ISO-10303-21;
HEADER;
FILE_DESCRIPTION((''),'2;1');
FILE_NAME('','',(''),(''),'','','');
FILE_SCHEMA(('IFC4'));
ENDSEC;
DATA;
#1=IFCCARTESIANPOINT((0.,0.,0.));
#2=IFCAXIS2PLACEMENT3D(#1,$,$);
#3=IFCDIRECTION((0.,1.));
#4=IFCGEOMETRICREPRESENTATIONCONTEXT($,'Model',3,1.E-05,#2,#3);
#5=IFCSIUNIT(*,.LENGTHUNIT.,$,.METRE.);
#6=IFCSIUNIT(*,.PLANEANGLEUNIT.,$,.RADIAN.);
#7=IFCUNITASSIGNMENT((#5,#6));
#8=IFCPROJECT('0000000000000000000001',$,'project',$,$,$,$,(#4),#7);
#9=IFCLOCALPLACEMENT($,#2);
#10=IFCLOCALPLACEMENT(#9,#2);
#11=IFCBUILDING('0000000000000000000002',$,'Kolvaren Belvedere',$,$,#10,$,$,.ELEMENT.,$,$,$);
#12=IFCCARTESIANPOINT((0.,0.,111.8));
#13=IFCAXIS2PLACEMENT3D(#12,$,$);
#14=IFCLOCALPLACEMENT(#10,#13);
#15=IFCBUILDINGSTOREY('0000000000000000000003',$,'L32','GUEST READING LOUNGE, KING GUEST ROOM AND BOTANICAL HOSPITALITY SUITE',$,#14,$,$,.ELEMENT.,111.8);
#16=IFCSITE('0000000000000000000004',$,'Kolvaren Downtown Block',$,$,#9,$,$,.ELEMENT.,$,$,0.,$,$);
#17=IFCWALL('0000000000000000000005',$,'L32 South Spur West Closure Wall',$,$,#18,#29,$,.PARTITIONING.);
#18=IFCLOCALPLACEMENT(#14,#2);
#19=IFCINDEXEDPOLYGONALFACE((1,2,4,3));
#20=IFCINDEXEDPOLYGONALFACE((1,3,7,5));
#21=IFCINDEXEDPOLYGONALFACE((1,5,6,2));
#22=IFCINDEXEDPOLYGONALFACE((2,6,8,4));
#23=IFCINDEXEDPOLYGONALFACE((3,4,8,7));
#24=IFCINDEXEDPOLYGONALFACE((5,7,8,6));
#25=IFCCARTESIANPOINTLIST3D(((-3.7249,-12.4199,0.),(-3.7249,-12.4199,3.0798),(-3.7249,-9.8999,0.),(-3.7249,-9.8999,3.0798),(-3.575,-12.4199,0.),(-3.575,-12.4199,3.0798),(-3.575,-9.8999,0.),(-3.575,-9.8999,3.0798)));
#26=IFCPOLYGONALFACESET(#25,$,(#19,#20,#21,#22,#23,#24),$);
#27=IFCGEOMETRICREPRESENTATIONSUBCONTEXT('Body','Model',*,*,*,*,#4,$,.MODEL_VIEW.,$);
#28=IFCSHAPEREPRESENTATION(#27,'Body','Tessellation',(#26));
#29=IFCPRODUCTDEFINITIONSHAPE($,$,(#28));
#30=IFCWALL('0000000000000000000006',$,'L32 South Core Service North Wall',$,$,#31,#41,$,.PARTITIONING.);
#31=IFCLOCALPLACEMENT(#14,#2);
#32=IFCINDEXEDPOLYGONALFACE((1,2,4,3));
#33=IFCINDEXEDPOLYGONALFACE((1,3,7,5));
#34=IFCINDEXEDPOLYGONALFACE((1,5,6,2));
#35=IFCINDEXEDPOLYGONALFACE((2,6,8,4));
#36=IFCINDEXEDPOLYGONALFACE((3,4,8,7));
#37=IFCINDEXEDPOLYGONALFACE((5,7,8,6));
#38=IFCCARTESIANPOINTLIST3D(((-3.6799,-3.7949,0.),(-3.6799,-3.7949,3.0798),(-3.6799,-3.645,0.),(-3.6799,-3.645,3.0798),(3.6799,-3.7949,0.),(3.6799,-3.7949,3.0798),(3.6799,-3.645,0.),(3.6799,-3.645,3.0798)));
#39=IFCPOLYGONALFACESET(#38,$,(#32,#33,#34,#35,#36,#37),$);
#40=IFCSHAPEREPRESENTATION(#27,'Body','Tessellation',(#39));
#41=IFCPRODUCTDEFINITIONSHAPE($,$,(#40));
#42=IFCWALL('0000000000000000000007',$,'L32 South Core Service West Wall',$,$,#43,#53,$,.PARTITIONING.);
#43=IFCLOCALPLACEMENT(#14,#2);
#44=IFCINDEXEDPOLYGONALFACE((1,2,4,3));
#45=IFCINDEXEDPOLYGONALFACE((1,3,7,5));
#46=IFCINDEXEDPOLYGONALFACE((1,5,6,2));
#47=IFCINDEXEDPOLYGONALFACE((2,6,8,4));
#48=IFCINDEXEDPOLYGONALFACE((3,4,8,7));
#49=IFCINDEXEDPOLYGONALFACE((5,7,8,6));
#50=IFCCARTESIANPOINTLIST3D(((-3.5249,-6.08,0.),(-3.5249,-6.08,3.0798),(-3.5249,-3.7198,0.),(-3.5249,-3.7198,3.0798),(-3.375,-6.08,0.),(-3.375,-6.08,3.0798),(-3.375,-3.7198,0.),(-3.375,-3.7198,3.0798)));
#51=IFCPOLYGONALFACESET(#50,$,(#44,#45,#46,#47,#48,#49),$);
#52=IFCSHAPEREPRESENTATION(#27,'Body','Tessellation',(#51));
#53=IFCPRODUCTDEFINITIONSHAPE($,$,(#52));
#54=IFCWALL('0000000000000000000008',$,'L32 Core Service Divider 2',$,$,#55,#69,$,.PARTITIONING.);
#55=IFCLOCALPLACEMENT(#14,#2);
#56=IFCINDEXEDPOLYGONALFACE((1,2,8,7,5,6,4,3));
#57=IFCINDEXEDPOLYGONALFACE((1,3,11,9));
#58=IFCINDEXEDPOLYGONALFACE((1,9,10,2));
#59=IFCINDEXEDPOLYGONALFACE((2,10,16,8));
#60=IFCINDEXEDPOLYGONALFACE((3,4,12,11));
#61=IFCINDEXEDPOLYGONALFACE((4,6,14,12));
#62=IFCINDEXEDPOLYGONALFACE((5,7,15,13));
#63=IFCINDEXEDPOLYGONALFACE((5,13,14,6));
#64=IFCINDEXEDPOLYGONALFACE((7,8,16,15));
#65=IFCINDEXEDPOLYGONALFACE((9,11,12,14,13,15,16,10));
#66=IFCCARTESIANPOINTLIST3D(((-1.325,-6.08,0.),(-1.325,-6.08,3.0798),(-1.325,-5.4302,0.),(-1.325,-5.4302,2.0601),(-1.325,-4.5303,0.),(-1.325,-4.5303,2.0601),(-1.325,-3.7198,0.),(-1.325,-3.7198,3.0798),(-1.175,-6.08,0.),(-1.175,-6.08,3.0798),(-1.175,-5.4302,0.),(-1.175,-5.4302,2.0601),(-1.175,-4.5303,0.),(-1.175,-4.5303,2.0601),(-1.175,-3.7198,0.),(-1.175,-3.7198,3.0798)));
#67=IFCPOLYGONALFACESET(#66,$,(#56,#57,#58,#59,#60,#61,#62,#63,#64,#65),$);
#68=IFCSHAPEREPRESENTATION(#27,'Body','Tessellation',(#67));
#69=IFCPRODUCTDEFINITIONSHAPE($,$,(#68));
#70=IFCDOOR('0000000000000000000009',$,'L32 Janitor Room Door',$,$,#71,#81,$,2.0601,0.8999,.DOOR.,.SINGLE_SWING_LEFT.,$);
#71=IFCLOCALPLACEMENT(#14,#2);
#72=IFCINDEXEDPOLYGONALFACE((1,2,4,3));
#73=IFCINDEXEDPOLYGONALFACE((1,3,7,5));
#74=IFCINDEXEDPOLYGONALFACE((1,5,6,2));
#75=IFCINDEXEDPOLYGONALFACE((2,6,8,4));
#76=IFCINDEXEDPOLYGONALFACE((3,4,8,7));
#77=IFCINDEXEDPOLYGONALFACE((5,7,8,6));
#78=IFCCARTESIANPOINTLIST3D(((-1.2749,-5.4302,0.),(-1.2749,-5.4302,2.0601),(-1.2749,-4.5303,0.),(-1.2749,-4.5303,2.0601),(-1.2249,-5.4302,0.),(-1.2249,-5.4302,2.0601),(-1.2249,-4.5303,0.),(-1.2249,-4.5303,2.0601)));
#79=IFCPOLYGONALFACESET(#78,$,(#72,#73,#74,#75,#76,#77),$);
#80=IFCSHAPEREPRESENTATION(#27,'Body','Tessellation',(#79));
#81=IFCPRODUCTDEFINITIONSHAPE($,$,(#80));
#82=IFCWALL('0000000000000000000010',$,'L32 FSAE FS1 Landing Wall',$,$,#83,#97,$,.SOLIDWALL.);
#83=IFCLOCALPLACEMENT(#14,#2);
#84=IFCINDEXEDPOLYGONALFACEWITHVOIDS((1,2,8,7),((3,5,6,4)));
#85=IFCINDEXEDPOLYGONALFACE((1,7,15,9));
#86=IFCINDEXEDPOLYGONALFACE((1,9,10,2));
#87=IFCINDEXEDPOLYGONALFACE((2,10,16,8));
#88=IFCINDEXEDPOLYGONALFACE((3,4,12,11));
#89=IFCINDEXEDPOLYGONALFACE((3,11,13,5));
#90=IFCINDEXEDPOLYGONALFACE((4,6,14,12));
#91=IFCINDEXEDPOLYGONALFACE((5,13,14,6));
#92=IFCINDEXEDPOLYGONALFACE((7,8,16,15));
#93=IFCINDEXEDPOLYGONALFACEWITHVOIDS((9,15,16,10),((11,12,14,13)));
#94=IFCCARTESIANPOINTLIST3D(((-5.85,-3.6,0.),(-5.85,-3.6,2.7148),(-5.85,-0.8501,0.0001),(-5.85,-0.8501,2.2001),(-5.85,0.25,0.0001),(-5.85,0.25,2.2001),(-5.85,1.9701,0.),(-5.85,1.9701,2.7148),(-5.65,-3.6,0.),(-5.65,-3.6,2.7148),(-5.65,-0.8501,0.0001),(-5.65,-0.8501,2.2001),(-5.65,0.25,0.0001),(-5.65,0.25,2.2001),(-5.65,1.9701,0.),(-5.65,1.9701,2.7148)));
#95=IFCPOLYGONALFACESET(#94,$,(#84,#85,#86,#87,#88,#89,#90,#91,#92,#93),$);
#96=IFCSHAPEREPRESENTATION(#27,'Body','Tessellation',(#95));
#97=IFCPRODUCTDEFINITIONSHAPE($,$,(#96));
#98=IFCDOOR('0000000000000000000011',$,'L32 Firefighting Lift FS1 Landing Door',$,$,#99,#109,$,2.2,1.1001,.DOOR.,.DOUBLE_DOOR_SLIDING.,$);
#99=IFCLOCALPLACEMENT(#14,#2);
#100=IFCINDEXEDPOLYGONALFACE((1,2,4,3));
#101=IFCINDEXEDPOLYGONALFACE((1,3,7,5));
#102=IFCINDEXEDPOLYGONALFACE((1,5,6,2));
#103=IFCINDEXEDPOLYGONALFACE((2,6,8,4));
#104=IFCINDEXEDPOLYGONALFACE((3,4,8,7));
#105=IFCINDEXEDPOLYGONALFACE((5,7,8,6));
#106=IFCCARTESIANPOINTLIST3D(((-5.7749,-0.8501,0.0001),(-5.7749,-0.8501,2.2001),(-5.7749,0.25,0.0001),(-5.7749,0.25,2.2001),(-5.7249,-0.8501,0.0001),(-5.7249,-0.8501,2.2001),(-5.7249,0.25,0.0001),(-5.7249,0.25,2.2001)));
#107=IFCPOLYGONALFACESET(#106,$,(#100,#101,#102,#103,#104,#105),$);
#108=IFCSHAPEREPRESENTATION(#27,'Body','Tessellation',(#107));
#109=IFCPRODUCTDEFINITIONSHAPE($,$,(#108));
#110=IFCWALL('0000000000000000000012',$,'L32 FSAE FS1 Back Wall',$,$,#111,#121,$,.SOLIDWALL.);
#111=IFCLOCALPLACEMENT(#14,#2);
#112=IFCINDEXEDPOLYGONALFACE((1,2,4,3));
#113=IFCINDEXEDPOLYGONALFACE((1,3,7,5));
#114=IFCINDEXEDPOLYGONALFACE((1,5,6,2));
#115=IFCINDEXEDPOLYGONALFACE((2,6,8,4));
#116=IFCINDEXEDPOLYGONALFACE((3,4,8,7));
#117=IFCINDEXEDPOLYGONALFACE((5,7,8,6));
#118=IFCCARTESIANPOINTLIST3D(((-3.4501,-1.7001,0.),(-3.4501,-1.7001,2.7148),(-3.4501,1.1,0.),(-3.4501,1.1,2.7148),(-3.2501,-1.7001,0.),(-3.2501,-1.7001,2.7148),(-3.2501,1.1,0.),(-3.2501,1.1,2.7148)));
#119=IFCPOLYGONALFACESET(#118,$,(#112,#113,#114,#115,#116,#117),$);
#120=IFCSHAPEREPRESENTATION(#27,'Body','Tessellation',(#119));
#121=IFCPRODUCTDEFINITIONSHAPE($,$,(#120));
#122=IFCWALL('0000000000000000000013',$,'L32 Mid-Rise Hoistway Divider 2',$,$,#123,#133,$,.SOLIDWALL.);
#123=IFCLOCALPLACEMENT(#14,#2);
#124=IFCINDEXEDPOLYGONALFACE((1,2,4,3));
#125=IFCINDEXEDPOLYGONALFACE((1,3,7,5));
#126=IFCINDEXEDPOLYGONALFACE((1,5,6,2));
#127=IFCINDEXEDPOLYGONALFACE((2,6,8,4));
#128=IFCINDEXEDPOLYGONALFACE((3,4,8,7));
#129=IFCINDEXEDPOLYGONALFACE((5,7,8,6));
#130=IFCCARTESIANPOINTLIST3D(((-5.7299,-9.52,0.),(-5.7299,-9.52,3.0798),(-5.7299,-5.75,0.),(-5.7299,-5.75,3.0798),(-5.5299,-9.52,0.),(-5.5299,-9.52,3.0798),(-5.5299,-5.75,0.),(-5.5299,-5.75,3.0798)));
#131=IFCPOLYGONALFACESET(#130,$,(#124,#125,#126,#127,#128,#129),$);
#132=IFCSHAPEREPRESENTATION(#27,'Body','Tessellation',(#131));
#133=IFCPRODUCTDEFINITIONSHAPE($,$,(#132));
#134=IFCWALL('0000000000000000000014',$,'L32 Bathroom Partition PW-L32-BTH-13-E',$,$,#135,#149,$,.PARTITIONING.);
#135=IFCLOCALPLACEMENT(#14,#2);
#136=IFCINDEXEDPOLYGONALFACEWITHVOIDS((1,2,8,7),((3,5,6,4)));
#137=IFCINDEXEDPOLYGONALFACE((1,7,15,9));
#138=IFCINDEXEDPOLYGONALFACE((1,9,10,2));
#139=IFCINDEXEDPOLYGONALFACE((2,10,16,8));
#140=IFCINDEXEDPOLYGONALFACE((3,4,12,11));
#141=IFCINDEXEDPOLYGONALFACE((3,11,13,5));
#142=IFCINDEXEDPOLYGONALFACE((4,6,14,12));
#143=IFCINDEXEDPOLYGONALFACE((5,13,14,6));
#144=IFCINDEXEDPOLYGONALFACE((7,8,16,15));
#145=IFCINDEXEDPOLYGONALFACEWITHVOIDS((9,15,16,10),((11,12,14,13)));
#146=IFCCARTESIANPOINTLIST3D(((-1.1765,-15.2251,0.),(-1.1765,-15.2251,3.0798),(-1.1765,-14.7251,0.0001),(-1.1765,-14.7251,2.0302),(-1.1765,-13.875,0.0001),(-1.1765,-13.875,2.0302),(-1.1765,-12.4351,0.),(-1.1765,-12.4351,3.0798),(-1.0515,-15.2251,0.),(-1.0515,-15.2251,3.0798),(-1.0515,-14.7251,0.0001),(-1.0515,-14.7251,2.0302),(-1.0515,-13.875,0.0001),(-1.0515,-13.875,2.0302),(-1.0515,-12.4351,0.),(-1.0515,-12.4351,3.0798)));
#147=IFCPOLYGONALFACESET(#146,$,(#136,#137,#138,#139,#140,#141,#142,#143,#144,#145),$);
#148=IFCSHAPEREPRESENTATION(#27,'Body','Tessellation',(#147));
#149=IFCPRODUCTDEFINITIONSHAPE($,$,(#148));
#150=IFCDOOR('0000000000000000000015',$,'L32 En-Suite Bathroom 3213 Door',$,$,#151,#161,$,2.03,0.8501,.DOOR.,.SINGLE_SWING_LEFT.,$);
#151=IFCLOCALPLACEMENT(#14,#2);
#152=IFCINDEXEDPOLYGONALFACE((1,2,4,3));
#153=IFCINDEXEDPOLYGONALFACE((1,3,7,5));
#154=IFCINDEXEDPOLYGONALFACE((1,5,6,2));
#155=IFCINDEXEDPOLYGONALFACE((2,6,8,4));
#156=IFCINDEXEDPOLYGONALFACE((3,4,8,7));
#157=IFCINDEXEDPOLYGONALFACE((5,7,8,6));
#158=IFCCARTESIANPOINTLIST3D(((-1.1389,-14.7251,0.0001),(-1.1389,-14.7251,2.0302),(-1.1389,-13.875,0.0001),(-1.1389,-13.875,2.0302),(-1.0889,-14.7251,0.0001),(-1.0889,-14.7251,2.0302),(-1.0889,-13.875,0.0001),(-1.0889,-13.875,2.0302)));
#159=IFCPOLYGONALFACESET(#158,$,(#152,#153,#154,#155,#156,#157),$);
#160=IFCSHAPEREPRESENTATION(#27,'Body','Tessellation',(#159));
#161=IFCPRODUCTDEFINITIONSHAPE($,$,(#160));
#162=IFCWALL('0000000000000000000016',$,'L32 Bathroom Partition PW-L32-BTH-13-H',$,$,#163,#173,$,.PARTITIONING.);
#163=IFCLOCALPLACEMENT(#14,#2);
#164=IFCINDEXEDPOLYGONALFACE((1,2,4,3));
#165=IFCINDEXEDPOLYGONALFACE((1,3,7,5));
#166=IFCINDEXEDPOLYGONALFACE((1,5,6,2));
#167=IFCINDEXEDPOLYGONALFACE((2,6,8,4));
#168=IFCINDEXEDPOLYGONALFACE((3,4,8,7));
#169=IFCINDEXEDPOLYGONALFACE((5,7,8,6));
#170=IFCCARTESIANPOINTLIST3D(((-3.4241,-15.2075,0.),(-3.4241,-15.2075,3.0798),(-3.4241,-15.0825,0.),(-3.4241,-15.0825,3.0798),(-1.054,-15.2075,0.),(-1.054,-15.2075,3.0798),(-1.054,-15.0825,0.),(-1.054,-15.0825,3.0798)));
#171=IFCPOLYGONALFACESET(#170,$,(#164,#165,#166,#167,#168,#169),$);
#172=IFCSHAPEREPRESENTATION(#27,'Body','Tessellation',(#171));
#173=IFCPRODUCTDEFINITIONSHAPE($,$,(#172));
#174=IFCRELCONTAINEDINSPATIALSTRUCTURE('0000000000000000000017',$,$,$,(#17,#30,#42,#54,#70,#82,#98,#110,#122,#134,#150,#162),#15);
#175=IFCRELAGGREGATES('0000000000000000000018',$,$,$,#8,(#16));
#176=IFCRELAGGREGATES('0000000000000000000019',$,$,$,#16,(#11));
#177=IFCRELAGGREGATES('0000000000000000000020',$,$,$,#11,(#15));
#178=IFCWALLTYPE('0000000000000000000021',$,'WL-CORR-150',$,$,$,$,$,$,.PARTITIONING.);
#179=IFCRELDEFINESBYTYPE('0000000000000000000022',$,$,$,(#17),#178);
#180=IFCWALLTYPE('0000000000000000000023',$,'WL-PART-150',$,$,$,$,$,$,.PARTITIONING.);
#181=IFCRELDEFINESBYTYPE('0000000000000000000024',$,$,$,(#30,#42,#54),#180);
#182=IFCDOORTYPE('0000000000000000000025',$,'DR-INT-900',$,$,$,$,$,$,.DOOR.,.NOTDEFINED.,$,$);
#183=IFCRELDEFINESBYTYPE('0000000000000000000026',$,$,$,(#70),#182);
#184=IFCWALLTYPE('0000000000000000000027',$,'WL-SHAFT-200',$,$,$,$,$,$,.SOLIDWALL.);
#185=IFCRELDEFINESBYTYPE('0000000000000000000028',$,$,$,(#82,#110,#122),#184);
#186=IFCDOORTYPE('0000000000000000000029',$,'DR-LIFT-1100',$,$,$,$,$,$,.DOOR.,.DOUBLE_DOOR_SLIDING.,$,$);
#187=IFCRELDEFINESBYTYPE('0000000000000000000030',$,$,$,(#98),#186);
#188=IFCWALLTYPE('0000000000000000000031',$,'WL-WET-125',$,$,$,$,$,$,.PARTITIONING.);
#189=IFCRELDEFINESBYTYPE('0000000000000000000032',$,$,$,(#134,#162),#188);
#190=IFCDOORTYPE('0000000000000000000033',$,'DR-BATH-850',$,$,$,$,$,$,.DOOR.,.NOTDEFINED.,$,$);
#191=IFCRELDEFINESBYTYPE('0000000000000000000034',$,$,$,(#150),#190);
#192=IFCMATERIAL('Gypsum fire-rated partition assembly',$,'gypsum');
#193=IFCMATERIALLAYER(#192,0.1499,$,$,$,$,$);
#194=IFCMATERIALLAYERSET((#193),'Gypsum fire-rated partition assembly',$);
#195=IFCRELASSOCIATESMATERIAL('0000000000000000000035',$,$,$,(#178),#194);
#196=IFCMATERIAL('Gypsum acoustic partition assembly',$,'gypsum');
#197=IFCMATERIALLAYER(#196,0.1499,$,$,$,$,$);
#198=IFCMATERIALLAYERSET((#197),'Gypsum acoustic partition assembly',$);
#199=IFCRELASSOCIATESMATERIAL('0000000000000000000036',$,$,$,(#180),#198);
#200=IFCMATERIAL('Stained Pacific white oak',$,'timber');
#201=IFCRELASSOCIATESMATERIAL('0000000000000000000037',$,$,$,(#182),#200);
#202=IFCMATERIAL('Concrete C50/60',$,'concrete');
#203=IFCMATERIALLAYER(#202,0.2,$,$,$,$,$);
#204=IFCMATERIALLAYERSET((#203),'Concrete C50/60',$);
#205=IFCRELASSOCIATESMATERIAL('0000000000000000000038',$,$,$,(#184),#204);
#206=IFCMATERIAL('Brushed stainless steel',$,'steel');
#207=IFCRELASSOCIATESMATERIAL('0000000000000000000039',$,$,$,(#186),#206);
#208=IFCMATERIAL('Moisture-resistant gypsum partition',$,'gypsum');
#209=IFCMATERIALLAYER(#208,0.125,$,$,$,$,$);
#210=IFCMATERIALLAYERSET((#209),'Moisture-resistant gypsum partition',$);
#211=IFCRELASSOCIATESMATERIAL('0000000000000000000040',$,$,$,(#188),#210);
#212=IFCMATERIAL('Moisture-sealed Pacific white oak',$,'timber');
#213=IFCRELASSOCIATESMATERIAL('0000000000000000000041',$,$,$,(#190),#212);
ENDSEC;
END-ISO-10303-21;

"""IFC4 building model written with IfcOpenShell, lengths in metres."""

from ifc_helpers import new_model, si_unit, direction, frame, frame_2d, origin, place, context, subcontext, project, spatial, rectangle, extrude, material, layer, layer_set, type_object, element, fill, save


model = new_model("IFC4")

# Units and contexts
model_context = context("Model", 3, precision=1e-05, world=origin(), true_north=direction((0.0, 1.0)))
body_context = subcontext(model_context, "Body", "Model", "MODEL_VIEW")
ifc_project = project(units=[si_unit("LENGTHUNIT", "METRE"), si_unit("PLANEANGLEUNIT", "RADIAN")], contexts=[model_context])

# Site, building, storey
site_placement = place(None, origin())
site = spatial("IfcSite", under=ifc_project, at=site_placement, Name="Kolvaren Downtown Block", CompositionType="ELEMENT", RefElevation=0.0)
building_placement = place(site_placement, origin())
building = spatial("IfcBuilding", under=site, at=building_placement, Name="Kolvaren Belvedere", CompositionType="ELEMENT")
storey_placement = place(building_placement, frame((0.0, 0.0, 111.8)))
storey = spatial("IfcBuildingStorey", under=building, at=storey_placement, Name="L32", Description="GUEST READING LOUNGE, KING GUEST ROOM AND BOTANICAL HOSPITALITY SUITE", CompositionType="ELEMENT", Elevation=111.8)

# Shared definitions
ifc_material_1 = material(Name="Gypsum fire-rated partition assembly", Category="gypsum")
ifc_layer_1 = layer(ifc_material_1, 0.1499)
ifc_layer_set_1 = layer_set([ifc_layer_1], Name="Gypsum fire-rated partition assembly")
wall_type_1 = type_object("IfcWallType", Name="WL-CORR-150", PredefinedType="PARTITIONING", material=ifc_layer_set_1)

# Walls
wall_1_placement = place(storey_placement, frame((-3.6499, -12.4199, 0.0), z_axis=(0.0, 0.0, 1.0), x_axis=(0.0, 1.0, 0.0)))
element("IfcWall", 1, at=wall_1_placement, inside=storey, type_object=wall_type_1, Name="L32 South Spur West Closure Wall", PredefinedType="PARTITIONING", context=body_context, shape_type="SweptSolid", body=[
    extrude(rectangle(XDim=2.52, YDim=0.1499, at=frame_2d((1.26, 0.0))), origin(), (0.0, 0.0, 1.0), 3.0798),
])
ifc_material_2 = material(Name="Gypsum acoustic partition assembly", Category="gypsum")
ifc_layer_2 = layer(ifc_material_2, 0.1499)
ifc_layer_set_2 = layer_set([ifc_layer_2], Name="Gypsum acoustic partition assembly")
wall_type_2 = type_object("IfcWallType", Name="WL-PART-150", PredefinedType="PARTITIONING", material=ifc_layer_set_2)
wall_2_placement = place(storey_placement, frame((-3.6799, -3.72, 0.0), z_axis=(0.0, 0.0, 1.0), x_axis=(1.0, 0.0, 0.0)))
element("IfcWall", 2, at=wall_2_placement, inside=storey, type_object=wall_type_2, Name="L32 South Core Service North Wall", PredefinedType="PARTITIONING", context=body_context, shape_type="SweptSolid", body=[
    extrude(rectangle(XDim=7.3599, YDim=0.1499, at=frame_2d((3.6799, 0.0))), origin(), (0.0, 0.0, 1.0), 3.0798),
])
wall_3_placement = place(storey_placement, frame((-3.45, -6.0801, 0.0), z_axis=(0.0, 0.0, 1.0), x_axis=(0.0, 1.0, 0.0)))
element("IfcWall", 3, at=wall_3_placement, inside=storey, type_object=wall_type_2, Name="L32 South Core Service West Wall", PredefinedType="PARTITIONING", context=body_context, shape_type="SweptSolid", body=[
    extrude(rectangle(XDim=2.3601, YDim=0.1499, at=frame_2d((1.1802, 0.0))), origin(), (0.0, 0.0, 1.0), 3.0798),
])

# Walls, openings, doors
wall_4_placement = place(storey_placement, frame((-1.25, -6.0801, 0.0), z_axis=(0.0, 0.0, 1.0), x_axis=(0.0, 1.0, 0.0)))
wall_4 = element("IfcWall", 4, at=wall_4_placement, inside=storey, type_object=wall_type_2, Name="L32 Core Service Divider 2", PredefinedType="PARTITIONING", context=body_context, shape_type="SweptSolid", body=[
    extrude(rectangle(XDim=2.3601, YDim=0.1499, at=frame_2d((1.1802, 0.0))), origin(), (0.0, 0.0, 1.0), 3.0798),
])
opening_1_placement = place(wall_4_placement, frame((0.6499, 0.0, 0.0)))
opening_1 = element("IfcOpeningElement", 5, at=opening_1_placement, cuts=wall_4, PredefinedType="OPENING", context=body_context, shape_type="SweptSolid", body=[
    extrude(rectangle(XDim=0.8999, YDim=2.0601, at=frame_2d((0.45, 1.03))), frame((0.0, 0.085, 0.0), z_axis=(0.0, -1.0, 0.0), x_axis=(1.0, 0.0, 0.0)), (0.0, 0.0, 1.0), 0.1699),
])
ifc_material_3 = material(Name="Stained Pacific white oak", Category="timber")
door_type_1 = type_object("IfcDoorType", Name="DR-INT-900", OperationType="NOTDEFINED", PredefinedType="DOOR", material=ifc_material_3)
door_1_placement = place(opening_1_placement, origin())
door_1 = element("IfcDoor", 6, at=door_1_placement, inside=storey, type_object=door_type_1, Name="L32 Janitor Room Door", OperationType="SINGLE_SWING_LEFT", OverallHeight=2.0601, OverallWidth=0.8999, PredefinedType="DOOR", context=body_context, shape_type="SweptSolid", body=[
    extrude(rectangle(XDim=0.8999, YDim=2.0601, at=frame_2d((0.45, 1.03))), frame((0.0, 0.0249, 0.0), z_axis=(0.0, -1.0, 0.0), x_axis=(1.0, 0.0, 0.0)), (0.0, 0.0, 1.0), 0.05),
])
fill(opening_1, door_1)
ifc_material_4 = material(Name="Concrete C50/60", Category="concrete")
ifc_layer_3 = layer(ifc_material_4, 0.2)
ifc_layer_set_3 = layer_set([ifc_layer_3], Name="Concrete C50/60")
wall_type_3 = type_object("IfcWallType", Name="WL-SHAFT-200", PredefinedType="SOLIDWALL", material=ifc_layer_set_3)
wall_5_placement = place(storey_placement, frame((-5.75, -3.6001, 0.0), z_axis=(0.0, 0.0, 1.0), x_axis=(0.0, 1.0, 0.0)))
wall_5 = element("IfcWall", 7, at=wall_5_placement, inside=storey, type_object=wall_type_3, Name="L32 FSAE FS1 Landing Wall", PredefinedType="SOLIDWALL", context=body_context, shape_type="SweptSolid", body=[
    extrude(rectangle(XDim=5.5701, YDim=0.2, at=frame_2d((2.7852, 0.0))), origin(), (0.0, 0.0, 1.0), 2.7148),
])
opening_2_placement = place(wall_5_placement, frame((2.75, 0.0, 0.0)))
opening_2 = element("IfcOpeningElement", 8, at=opening_2_placement, cuts=wall_5, PredefinedType="OPENING", context=body_context, shape_type="SweptSolid", body=[
    extrude(rectangle(XDim=1.1001, YDim=2.2, at=frame_2d((0.55, 1.1001))), frame((0.0, 0.1099, 0.0), z_axis=(0.0, -1.0, 0.0), x_axis=(1.0, 0.0, 0.0)), (0.0, 0.0, 1.0), 0.22),
])
ifc_material_5 = material(Name="Brushed stainless steel", Category="steel")
door_type_2 = type_object("IfcDoorType", Name="DR-LIFT-1100", OperationType="DOUBLE_DOOR_SLIDING", PredefinedType="DOOR", material=ifc_material_5)
door_2_placement = place(opening_2_placement, origin())
door_2 = element("IfcDoor", 9, at=door_2_placement, inside=storey, type_object=door_type_2, Name="L32 Firefighting Lift FS1 Landing Door", OperationType="DOUBLE_DOOR_SLIDING", OverallHeight=2.2, OverallWidth=1.1001, PredefinedType="DOOR", context=body_context, shape_type="SweptSolid", body=[
    extrude(rectangle(XDim=1.1001, YDim=2.2, at=frame_2d((0.55, 1.1001))), frame((0.0, 0.0249, 0.0), z_axis=(0.0, -1.0, 0.0), x_axis=(1.0, 0.0, 0.0)), (0.0, 0.0, 1.0), 0.05),
])
fill(opening_2, door_2)

# Walls
wall_6_placement = place(storey_placement, frame((-3.3501, -1.7, 0.0), z_axis=(0.0, 0.0, 1.0), x_axis=(0.0, 1.0, 0.0)))
element("IfcWall", 10, at=wall_6_placement, inside=storey, type_object=wall_type_3, Name="L32 FSAE FS1 Back Wall", PredefinedType="SOLIDWALL", context=body_context, shape_type="SweptSolid", body=[
    extrude(rectangle(XDim=2.8, YDim=0.2, at=frame_2d((1.3999, 0.0))), origin(), (0.0, 0.0, 1.0), 2.7148),
])
wall_7_placement = place(storey_placement, frame((-5.6299, -9.52, 0.0), z_axis=(0.0, 0.0, 1.0), x_axis=(0.0, 1.0, 0.0)))
element("IfcWall", 11, at=wall_7_placement, inside=storey, type_object=wall_type_3, Name="L32 Mid-Rise Hoistway Divider 2", PredefinedType="SOLIDWALL", context=body_context, shape_type="SweptSolid", body=[
    extrude(rectangle(XDim=3.77, YDim=0.2, at=frame_2d((1.885, 0.0))), origin(), (0.0, 0.0, 1.0), 3.0798),
])

# Wall, opening, door
ifc_material_6 = material(Name="Moisture-resistant gypsum partition", Category="gypsum")
ifc_layer_4 = layer(ifc_material_6, 0.125)
ifc_layer_set_4 = layer_set([ifc_layer_4], Name="Moisture-resistant gypsum partition")
wall_type_4 = type_object("IfcWallType", Name="WL-WET-125", PredefinedType="PARTITIONING", material=ifc_layer_set_4)
wall_8_placement = place(storey_placement, frame((-1.114, -15.2251, 0.0), z_axis=(0.0, 0.0, 1.0), x_axis=(0.0, 1.0, 0.0)))
wall_8 = element("IfcWall", 12, at=wall_8_placement, inside=storey, type_object=wall_type_4, Name="L32 Bathroom Partition PW-L32-BTH-13-E", PredefinedType="PARTITIONING", context=body_context, shape_type="SweptSolid", body=[
    extrude(rectangle(XDim=2.79, YDim=0.125, at=frame_2d((1.395, 0.0))), origin(), (0.0, 0.0, 1.0), 3.0798),
])
opening_3_placement = place(wall_8_placement, frame((0.5, 0.0, 0.0)))
opening_3 = element("IfcOpeningElement", 13, at=opening_3_placement, cuts=wall_8, PredefinedType="OPENING", context=body_context, shape_type="SweptSolid", body=[
    extrude(rectangle(XDim=0.8501, YDim=2.03, at=frame_2d((0.425, 1.0151))), frame((0.0, 0.0725, 0.0), z_axis=(0.0, -1.0, 0.0), x_axis=(1.0, 0.0, 0.0)), (0.0, 0.0, 1.0), 0.145),
])
ifc_material_7 = material(Name="Moisture-sealed Pacific white oak", Category="timber")
door_type_3 = type_object("IfcDoorType", Name="DR-BATH-850", OperationType="NOTDEFINED", PredefinedType="DOOR", material=ifc_material_7)
door_3_placement = place(opening_3_placement, origin())
door_3 = element("IfcDoor", 14, at=door_3_placement, inside=storey, type_object=door_type_3, Name="L32 En-Suite Bathroom 3213 Door", OperationType="SINGLE_SWING_LEFT", OverallHeight=2.03, OverallWidth=0.8501, PredefinedType="DOOR", context=body_context, shape_type="SweptSolid", body=[
    extrude(rectangle(XDim=0.8501, YDim=2.03, at=frame_2d((0.425, 1.0151))), frame((0.0, 0.0249, 0.0), z_axis=(0.0, -1.0, 0.0), x_axis=(1.0, 0.0, 0.0)), (0.0, 0.0, 1.0), 0.05),
])
fill(opening_3, door_3)

# Wall
wall_9_placement = place(storey_placement, frame((-3.4241, -15.145, 0.0), z_axis=(0.0, 0.0, 1.0), x_axis=(1.0, 0.0, 0.0)))
element("IfcWall", 15, at=wall_9_placement, inside=storey, type_object=wall_type_4, Name="L32 Bathroom Partition PW-L32-BTH-13-H", PredefinedType="PARTITIONING", context=body_context, shape_type="SweptSolid", body=[
    extrude(rectangle(XDim=2.3701, YDim=0.125, at=frame_2d((1.1851, 0.0))), origin(), (0.0, 0.0, 1.0), 3.0798),
])

save(model, "model.ifc")
